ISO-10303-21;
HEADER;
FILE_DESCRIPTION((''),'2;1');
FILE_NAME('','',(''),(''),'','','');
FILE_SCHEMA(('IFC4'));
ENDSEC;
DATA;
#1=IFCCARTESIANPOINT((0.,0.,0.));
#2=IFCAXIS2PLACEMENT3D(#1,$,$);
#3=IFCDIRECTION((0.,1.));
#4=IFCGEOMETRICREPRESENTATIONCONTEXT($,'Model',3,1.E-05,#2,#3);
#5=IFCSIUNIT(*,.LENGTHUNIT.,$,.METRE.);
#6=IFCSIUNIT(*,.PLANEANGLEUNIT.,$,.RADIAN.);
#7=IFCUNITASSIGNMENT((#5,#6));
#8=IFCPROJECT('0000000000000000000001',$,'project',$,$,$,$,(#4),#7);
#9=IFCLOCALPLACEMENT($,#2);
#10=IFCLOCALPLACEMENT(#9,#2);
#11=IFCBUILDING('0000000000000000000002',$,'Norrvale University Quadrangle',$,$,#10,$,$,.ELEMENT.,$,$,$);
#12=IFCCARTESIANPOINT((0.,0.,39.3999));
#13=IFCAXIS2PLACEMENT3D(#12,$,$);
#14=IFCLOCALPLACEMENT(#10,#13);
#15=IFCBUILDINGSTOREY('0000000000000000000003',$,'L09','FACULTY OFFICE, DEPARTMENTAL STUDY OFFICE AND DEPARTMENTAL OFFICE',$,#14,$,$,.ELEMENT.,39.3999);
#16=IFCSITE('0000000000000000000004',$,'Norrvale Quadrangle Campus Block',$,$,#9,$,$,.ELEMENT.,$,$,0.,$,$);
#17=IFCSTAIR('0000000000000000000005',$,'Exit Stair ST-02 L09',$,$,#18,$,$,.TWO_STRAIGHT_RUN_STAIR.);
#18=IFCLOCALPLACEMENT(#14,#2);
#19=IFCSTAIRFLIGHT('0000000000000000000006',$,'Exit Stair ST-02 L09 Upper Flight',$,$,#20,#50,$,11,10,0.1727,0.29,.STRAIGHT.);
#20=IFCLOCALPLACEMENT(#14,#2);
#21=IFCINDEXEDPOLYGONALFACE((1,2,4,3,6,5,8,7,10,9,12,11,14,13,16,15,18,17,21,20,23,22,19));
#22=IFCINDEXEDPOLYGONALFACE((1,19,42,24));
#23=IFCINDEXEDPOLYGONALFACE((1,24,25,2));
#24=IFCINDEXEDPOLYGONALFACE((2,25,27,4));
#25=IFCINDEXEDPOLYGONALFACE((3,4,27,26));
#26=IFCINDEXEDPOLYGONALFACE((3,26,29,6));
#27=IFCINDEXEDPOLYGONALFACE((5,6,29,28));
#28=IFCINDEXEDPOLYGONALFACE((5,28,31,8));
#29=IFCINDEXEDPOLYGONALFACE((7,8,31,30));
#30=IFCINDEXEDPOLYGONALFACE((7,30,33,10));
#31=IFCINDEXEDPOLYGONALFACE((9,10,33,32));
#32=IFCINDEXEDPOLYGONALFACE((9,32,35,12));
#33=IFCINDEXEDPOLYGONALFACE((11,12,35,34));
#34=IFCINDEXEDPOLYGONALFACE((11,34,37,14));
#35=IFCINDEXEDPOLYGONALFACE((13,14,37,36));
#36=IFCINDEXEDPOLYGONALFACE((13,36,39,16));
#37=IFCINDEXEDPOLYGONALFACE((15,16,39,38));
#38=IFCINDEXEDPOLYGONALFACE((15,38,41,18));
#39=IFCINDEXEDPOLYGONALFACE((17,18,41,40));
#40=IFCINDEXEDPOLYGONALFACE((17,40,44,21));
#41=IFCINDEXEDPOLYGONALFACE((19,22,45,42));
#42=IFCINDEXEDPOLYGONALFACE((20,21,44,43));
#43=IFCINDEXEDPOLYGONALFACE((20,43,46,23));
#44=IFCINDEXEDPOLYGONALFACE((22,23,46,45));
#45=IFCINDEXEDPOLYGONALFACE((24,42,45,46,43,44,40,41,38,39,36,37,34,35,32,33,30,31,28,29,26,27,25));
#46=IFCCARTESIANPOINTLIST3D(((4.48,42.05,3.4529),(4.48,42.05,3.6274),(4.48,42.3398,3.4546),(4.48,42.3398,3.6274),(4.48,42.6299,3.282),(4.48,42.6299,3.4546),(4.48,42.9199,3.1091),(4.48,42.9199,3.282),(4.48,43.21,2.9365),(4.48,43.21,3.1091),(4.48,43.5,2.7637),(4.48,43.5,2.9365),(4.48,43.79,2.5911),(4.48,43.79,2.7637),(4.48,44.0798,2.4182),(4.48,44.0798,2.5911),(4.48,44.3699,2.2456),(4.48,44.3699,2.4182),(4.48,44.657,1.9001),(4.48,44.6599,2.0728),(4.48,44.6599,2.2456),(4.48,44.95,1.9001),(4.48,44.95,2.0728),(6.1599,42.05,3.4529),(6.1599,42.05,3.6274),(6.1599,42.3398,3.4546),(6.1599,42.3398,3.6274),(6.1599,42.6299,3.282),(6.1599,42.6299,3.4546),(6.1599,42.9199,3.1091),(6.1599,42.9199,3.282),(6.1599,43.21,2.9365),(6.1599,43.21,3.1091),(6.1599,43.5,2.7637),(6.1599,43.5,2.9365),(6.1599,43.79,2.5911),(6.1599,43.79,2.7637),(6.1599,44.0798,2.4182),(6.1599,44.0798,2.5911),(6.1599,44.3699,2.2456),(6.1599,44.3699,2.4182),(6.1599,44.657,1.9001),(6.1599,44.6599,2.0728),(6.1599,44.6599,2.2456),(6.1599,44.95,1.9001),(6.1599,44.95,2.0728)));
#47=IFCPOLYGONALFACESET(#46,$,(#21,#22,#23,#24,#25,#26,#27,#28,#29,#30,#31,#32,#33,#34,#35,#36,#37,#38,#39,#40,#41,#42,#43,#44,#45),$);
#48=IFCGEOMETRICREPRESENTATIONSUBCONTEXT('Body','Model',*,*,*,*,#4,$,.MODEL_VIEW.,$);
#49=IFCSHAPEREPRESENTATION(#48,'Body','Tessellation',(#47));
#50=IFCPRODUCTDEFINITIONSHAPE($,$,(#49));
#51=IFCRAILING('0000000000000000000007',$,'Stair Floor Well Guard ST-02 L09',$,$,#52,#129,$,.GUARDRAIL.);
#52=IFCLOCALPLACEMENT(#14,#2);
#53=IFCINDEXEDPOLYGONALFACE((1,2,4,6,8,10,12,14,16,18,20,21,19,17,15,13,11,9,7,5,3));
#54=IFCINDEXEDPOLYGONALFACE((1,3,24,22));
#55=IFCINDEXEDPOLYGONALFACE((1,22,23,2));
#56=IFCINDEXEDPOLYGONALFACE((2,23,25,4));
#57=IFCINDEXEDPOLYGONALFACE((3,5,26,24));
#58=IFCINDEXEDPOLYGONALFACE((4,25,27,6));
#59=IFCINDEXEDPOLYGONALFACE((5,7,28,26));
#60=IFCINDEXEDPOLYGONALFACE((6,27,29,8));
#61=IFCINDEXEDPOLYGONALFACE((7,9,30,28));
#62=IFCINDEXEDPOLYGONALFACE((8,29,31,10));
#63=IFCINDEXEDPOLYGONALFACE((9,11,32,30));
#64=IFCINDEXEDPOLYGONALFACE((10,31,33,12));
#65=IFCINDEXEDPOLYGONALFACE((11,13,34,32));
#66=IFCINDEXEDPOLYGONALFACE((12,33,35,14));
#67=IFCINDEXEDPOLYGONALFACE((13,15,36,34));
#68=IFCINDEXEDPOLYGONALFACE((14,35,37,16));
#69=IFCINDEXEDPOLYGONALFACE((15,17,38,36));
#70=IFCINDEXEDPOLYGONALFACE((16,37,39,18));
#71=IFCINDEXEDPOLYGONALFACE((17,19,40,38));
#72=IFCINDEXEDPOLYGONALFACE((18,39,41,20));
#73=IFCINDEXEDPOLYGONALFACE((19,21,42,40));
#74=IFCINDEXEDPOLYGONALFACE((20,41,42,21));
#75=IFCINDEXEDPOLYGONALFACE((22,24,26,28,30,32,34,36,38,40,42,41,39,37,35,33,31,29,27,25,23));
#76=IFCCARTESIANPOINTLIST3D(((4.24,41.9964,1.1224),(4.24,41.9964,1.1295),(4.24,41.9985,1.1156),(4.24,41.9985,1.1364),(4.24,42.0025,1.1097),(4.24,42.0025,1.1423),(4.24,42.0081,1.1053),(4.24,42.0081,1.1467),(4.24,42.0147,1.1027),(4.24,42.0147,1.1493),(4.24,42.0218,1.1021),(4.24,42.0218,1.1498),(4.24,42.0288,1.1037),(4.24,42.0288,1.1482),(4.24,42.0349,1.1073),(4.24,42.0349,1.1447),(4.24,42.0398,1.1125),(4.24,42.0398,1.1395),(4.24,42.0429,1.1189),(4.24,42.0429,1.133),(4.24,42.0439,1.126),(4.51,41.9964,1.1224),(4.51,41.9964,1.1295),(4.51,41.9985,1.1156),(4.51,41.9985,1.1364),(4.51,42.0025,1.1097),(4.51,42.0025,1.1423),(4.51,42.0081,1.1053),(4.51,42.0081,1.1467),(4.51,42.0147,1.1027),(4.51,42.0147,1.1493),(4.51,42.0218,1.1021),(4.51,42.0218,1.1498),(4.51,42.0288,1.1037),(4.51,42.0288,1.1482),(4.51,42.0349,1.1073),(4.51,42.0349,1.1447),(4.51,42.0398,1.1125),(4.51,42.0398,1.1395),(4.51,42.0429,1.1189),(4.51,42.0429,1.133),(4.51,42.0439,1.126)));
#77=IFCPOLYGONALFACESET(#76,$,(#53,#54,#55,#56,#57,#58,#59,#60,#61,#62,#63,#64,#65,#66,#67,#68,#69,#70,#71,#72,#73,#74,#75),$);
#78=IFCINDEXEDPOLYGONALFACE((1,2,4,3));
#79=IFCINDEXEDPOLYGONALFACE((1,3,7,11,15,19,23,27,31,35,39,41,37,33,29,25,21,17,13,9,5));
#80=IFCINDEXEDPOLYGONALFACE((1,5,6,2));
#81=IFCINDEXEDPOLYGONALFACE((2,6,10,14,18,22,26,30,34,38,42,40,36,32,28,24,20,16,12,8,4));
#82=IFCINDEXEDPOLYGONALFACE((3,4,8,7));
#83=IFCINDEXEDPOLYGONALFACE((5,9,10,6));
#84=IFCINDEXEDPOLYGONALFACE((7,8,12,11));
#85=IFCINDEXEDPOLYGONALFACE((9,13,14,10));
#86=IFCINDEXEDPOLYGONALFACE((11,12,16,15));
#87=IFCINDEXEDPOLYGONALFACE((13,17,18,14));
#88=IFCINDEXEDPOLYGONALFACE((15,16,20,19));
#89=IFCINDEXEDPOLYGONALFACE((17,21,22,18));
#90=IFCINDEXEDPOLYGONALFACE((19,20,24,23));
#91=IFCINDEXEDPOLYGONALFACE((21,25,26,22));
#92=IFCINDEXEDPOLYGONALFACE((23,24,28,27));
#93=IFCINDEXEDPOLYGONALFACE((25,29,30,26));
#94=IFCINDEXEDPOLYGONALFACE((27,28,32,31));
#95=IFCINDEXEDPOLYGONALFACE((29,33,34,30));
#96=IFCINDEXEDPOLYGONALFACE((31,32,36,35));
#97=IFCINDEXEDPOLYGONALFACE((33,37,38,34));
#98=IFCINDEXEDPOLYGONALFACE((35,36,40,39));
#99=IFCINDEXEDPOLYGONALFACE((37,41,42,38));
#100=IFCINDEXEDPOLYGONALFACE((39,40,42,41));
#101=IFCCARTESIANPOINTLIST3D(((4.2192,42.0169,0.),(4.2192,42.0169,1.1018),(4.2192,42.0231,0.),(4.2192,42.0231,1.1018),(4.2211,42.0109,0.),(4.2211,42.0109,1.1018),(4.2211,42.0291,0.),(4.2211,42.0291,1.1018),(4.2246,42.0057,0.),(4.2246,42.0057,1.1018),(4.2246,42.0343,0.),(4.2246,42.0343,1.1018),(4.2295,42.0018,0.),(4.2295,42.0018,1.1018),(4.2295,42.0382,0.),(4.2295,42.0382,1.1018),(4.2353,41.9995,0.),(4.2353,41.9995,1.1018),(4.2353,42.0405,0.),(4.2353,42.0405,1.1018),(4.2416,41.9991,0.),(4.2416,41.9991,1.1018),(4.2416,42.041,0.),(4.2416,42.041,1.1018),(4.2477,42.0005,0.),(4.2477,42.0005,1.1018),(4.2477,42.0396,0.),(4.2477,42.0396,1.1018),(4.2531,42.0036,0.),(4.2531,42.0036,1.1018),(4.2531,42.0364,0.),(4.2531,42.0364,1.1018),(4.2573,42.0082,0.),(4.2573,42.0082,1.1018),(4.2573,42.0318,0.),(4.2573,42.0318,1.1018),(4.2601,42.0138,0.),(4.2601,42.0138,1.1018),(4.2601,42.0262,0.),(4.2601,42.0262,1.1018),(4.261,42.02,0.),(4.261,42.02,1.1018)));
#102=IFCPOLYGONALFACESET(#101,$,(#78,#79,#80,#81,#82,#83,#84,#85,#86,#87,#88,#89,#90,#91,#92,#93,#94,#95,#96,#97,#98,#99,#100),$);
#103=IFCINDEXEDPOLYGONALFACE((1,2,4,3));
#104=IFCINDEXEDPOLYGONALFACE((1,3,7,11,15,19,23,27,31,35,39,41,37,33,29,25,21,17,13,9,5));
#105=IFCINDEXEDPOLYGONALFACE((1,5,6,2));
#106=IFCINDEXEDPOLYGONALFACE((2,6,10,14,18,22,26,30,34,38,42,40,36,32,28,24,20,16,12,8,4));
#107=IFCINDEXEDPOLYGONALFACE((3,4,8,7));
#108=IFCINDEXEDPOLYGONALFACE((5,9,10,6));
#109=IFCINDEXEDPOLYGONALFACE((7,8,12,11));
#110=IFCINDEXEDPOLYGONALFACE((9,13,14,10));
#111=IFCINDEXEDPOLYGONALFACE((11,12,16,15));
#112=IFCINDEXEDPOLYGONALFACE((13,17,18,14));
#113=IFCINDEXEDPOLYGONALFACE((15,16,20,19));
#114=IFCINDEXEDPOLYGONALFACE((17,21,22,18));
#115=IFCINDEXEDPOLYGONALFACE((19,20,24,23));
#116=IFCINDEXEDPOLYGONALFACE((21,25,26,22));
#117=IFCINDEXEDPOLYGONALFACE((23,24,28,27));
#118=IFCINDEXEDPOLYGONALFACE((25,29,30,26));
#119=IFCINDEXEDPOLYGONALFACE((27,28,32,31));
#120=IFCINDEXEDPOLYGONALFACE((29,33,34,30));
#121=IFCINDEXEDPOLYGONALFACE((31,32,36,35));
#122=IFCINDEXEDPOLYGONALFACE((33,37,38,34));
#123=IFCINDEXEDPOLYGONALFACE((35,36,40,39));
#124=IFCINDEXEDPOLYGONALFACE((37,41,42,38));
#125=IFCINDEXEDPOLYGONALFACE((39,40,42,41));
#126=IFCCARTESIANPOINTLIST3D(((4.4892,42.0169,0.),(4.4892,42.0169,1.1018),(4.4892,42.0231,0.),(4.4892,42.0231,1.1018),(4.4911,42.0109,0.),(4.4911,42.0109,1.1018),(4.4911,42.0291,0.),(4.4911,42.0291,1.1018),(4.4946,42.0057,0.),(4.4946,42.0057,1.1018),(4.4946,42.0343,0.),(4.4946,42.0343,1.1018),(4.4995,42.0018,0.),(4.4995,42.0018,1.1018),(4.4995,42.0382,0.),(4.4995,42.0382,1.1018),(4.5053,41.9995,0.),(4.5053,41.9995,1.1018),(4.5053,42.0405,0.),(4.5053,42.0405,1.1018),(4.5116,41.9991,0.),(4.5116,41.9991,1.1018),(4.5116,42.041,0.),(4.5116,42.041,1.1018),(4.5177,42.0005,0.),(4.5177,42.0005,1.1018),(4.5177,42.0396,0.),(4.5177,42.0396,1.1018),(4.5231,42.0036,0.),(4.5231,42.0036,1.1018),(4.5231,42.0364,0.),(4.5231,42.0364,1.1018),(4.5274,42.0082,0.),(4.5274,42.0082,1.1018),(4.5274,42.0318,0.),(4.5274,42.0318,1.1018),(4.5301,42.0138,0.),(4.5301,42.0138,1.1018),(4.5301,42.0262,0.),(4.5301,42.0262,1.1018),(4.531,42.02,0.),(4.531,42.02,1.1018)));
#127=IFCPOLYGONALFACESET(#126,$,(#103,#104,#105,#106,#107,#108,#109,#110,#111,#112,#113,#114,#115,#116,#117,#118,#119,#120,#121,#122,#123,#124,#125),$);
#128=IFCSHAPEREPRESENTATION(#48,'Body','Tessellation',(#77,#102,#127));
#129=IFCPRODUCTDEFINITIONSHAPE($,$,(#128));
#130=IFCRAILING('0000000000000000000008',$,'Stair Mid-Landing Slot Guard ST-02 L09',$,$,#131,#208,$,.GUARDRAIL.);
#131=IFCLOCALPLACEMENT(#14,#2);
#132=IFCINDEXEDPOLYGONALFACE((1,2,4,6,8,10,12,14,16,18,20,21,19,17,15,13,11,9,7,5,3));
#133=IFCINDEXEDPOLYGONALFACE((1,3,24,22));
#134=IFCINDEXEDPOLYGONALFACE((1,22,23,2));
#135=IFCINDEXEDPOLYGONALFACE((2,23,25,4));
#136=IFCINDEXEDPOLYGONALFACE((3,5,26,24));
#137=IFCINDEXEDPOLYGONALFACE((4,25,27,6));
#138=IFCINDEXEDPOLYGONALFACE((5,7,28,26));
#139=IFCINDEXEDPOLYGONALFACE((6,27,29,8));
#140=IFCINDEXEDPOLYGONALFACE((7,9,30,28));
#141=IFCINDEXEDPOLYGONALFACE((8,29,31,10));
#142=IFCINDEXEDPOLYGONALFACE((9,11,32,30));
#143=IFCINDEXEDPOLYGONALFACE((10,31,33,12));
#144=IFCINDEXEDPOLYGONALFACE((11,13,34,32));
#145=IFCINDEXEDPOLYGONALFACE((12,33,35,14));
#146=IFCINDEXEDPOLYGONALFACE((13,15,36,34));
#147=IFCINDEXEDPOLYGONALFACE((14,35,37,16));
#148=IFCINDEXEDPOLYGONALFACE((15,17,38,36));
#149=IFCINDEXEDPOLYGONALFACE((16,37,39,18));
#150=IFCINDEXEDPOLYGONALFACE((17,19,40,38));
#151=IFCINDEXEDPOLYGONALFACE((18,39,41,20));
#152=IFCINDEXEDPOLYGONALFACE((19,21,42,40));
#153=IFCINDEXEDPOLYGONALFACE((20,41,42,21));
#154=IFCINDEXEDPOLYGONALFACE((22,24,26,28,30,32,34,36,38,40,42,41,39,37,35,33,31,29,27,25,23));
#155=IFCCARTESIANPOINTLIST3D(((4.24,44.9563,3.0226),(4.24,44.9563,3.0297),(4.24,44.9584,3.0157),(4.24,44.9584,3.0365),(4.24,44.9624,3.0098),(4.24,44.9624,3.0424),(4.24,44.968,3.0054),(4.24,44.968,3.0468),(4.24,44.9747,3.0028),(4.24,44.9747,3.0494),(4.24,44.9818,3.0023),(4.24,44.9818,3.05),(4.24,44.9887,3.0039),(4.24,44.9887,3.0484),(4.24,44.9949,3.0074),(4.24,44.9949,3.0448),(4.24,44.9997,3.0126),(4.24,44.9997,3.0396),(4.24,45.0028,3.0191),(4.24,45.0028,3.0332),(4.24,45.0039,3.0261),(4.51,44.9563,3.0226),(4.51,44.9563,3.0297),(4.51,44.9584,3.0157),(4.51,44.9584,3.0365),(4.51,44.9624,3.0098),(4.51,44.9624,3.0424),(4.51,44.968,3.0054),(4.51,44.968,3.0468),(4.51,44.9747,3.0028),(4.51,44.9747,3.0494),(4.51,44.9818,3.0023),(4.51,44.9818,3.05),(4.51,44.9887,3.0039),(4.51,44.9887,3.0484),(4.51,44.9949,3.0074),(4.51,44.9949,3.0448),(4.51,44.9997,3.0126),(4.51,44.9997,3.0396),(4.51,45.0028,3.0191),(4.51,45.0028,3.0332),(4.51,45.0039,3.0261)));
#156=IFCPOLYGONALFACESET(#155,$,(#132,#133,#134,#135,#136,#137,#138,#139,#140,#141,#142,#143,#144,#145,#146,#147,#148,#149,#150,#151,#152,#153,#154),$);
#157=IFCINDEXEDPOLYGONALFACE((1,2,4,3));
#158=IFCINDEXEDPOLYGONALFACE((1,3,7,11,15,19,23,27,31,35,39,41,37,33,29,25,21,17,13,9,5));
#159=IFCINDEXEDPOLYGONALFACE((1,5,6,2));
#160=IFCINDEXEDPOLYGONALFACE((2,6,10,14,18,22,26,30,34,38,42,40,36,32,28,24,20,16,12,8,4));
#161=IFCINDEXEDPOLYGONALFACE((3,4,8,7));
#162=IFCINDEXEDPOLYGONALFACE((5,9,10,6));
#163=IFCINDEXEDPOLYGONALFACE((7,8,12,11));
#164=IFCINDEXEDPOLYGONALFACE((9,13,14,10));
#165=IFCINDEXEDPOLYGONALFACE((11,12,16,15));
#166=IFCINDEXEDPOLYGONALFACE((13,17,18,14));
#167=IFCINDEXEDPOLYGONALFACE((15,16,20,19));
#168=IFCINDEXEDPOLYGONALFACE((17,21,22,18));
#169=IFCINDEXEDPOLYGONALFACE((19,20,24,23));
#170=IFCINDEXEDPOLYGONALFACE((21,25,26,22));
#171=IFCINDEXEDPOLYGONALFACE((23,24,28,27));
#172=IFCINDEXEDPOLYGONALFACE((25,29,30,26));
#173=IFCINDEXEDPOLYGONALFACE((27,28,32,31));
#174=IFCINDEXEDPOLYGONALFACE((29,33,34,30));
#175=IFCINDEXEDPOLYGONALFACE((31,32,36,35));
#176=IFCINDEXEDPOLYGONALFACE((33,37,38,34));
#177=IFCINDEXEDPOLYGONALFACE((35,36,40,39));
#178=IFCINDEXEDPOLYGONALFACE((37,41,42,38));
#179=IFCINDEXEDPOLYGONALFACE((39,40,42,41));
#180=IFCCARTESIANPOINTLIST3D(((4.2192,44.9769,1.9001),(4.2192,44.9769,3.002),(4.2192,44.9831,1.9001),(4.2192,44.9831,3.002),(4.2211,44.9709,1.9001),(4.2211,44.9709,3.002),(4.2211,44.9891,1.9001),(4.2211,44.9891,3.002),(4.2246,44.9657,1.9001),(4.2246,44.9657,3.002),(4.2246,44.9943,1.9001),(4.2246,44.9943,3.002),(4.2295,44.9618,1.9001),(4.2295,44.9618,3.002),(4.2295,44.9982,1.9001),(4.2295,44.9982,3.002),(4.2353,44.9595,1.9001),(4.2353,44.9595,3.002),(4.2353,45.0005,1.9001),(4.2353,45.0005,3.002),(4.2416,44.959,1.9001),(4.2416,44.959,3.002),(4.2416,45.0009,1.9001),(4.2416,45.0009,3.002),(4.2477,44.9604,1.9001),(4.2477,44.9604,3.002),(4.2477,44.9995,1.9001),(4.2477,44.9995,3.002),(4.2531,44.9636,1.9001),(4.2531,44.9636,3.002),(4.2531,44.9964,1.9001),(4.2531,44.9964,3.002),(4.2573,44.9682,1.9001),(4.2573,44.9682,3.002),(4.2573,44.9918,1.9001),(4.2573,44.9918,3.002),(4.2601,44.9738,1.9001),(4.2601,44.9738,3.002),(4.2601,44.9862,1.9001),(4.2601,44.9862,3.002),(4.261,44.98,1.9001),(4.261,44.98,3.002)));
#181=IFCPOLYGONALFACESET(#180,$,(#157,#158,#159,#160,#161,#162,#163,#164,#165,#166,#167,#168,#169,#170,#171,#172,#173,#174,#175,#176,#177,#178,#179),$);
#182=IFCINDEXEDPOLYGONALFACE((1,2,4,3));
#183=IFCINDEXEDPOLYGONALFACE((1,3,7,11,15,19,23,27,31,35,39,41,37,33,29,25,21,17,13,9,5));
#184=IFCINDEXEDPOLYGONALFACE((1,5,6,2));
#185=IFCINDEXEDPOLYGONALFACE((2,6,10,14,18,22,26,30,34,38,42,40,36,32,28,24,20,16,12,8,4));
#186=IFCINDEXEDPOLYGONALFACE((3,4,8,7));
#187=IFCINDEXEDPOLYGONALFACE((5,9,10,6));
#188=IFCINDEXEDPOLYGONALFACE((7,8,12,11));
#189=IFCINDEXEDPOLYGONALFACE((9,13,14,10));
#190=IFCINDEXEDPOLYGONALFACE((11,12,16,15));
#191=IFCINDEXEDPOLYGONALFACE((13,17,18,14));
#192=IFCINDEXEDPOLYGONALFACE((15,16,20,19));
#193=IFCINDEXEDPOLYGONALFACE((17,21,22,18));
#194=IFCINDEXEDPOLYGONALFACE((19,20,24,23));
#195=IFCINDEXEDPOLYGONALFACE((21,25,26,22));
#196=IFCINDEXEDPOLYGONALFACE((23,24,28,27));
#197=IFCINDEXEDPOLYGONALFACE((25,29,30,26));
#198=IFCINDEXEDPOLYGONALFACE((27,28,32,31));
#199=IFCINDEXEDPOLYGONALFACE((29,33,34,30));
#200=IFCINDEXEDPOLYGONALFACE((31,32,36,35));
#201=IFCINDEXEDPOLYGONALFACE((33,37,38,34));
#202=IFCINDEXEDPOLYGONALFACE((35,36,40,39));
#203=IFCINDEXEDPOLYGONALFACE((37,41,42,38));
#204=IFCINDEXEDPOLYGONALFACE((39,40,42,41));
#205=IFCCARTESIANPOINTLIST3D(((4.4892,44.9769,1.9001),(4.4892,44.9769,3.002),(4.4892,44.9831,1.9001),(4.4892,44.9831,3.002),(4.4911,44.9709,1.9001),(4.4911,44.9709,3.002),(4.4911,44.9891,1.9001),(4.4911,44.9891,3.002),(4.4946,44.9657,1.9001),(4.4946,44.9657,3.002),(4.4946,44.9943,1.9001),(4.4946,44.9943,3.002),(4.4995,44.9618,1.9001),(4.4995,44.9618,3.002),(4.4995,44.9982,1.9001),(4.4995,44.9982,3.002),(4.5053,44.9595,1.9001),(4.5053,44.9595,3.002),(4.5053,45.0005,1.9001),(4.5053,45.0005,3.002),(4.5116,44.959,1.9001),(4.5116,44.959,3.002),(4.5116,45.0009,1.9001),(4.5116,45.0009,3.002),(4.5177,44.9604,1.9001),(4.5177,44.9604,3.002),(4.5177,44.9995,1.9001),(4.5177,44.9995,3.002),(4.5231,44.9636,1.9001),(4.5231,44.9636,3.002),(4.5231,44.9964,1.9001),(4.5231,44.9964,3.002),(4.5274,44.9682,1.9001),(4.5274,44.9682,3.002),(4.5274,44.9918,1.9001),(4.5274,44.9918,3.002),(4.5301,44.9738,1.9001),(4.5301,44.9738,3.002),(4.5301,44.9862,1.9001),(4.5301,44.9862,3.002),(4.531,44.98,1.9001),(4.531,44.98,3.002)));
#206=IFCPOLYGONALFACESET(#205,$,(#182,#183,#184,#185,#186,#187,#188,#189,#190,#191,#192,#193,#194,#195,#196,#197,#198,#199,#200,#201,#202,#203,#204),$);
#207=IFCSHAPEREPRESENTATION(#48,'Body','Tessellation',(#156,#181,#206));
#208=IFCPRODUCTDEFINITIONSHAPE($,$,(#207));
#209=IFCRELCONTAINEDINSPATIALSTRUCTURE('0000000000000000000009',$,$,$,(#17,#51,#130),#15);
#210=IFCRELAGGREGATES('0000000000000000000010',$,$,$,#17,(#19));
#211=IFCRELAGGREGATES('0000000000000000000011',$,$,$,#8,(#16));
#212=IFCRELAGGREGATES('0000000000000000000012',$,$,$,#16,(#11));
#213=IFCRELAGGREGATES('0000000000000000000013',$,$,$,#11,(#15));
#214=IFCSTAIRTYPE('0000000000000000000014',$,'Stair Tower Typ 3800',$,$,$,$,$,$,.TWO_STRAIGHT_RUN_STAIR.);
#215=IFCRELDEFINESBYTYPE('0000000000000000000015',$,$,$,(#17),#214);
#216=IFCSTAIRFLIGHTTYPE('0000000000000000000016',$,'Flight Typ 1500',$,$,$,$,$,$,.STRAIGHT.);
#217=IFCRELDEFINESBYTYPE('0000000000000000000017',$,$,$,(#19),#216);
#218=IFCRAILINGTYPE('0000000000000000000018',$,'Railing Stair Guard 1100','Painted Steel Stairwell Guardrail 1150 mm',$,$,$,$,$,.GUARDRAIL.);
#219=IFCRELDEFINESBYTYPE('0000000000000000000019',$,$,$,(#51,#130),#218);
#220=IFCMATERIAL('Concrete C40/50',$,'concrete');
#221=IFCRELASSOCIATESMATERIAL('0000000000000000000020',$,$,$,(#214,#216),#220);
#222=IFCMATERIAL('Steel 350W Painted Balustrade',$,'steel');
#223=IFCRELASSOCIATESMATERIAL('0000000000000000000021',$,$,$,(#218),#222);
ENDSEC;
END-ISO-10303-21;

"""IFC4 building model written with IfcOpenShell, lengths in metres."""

from ifc_helpers import new_model, si_unit, direction, frame, origin, origin_2d, place, context, subcontext, project, spatial, polyline, circle, outline, extrude, material, type_object, element, aggregate, save


model = new_model("IFC4")

# Units and contexts
model_context = context("Model", 3, precision=1e-05, world=origin(), true_north=direction((0.0, 1.0)))
body_context = subcontext(model_context, "Body", "Model", "MODEL_VIEW")
ifc_project = project(units=[si_unit("LENGTHUNIT", "METRE"), si_unit("PLANEANGLEUNIT", "RADIAN")], contexts=[model_context])

# Site, building, storey
site_placement = place(None, origin())
site = spatial("IfcSite", under=ifc_project, at=site_placement, Name="Norrvale Quadrangle Campus Block", CompositionType="ELEMENT", RefElevation=0.0)
building_placement = place(site_placement, origin())
building = spatial("IfcBuilding", under=site, at=building_placement, Name="Norrvale University Quadrangle", CompositionType="ELEMENT")
storey_placement = place(building_placement, frame((0.0, 0.0, 39.3999)))
storey = spatial("IfcBuildingStorey", under=building, at=storey_placement, Name="L09", Description="FACULTY OFFICE, DEPARTMENTAL STUDY OFFICE AND DEPARTMENTAL OFFICE", CompositionType="ELEMENT", Elevation=39.3999)

# Stair, stair flight
ifc_material_1 = material(Name="Concrete C40/50", Category="concrete")
stair_type = type_object("IfcStairType", Name="Stair Tower Typ 3800", PredefinedType="TWO_STRAIGHT_RUN_STAIR", material=ifc_material_1)
stair_placement = place(storey_placement, origin())
stair = element("IfcStair", 1, at=stair_placement, inside=storey, type_object=stair_type, Name="Exit Stair ST-02 L09", PredefinedType="TWO_STRAIGHT_RUN_STAIR")
stair_flight_type = type_object("IfcStairFlightType", Name="Flight Typ 1500", PredefinedType="STRAIGHT", material=ifc_material_1)
stair_flight_1_placement = place(storey_placement, frame((5.3201, 44.95, 1.9001), z_axis=(0.0, 0.0, 1.0), x_axis=(0.0, -1.0, 0.0)))
stair_flight_1 = element("IfcStairFlight", 2, at=stair_flight_1_placement, type_object=stair_flight_type, Name="Exit Stair ST-02 L09 Upper Flight", NumberOfRisers=11, NumberOfTreads=10, PredefinedType="STRAIGHT", RiserHeight=0.1727, TreadLength=0.29, context=body_context, shape_type="SweptSolid", body=[
    extrude(outline(polyline([(0.0, 0.0), (0.0, 0.1726), (0.29, 0.1726), (0.29, 0.3455), (0.5801, 0.3455), (0.5801, 0.5181), (0.8701, 0.5181), (0.8701, 0.6909), (1.1599, 0.6909), (1.1599, 0.8635), (1.45, 0.8635), (1.45, 1.0364), (1.74, 1.0364), (1.74, 1.209), (2.03, 1.209), (2.03, 1.3818), (2.3201, 1.3818), (2.3201, 1.5544), (2.6101, 1.5544), (2.6101, 1.7273), (2.8999, 1.7273), (2.8999, 1.8999), (2.8999, 1.5527), (0.293, 0.0), (0.0, 0.0)])), frame((0.0, 0.8398, 0.0), z_axis=(0.0, -1.0, 0.0), x_axis=(1.0, 0.0, 0.0)), (0.0, 0.0, 1.0), 1.6799),
])
aggregate(stair, [stair_flight_1])

# Railings
ifc_material_2 = material(Name="Steel 350W Painted Balustrade", Category="steel")
railing_type_1 = type_object("IfcRailingType", Name="Railing Stair Guard 1100", Description="Painted Steel Stairwell Guardrail 1150 mm", PredefinedType="GUARDRAIL", material=ifc_material_2)
for number, where, name in (
    (3, (4.24, 42.02, 0.0), "Stair Floor Well Guard ST-02 L09"),
    (4, (4.24, 44.98, 1.9001), "Stair Mid-Landing Slot Guard ST-02 L09"),
):
    element("IfcRailing", number, at=place(storey_placement, frame(where)), inside=storey, type_object=railing_type_1, Name=name, PredefinedType="GUARDRAIL", context=body_context, shape_type="SweptSolid", body=[
        extrude(circle(Radius=0.0239, at=origin_2d()), frame((0.0, 0.0, 1.126), z_axis=(1.0, 0.0, 0.0), x_axis=(0.0, 1.0, 0.0)), (0.0, 0.0, 1.0), 0.27),
        extrude(circle(Radius=0.021, at=origin_2d()), origin(), (0.0, 0.0, 1.0), 1.1018),
        extrude(circle(Radius=0.021, at=origin_2d()), frame((0.27, 0.0, 0.0)), (0.0, 0.0, 1.0), 1.1018),
    ])

save(model, "model.ifc")
